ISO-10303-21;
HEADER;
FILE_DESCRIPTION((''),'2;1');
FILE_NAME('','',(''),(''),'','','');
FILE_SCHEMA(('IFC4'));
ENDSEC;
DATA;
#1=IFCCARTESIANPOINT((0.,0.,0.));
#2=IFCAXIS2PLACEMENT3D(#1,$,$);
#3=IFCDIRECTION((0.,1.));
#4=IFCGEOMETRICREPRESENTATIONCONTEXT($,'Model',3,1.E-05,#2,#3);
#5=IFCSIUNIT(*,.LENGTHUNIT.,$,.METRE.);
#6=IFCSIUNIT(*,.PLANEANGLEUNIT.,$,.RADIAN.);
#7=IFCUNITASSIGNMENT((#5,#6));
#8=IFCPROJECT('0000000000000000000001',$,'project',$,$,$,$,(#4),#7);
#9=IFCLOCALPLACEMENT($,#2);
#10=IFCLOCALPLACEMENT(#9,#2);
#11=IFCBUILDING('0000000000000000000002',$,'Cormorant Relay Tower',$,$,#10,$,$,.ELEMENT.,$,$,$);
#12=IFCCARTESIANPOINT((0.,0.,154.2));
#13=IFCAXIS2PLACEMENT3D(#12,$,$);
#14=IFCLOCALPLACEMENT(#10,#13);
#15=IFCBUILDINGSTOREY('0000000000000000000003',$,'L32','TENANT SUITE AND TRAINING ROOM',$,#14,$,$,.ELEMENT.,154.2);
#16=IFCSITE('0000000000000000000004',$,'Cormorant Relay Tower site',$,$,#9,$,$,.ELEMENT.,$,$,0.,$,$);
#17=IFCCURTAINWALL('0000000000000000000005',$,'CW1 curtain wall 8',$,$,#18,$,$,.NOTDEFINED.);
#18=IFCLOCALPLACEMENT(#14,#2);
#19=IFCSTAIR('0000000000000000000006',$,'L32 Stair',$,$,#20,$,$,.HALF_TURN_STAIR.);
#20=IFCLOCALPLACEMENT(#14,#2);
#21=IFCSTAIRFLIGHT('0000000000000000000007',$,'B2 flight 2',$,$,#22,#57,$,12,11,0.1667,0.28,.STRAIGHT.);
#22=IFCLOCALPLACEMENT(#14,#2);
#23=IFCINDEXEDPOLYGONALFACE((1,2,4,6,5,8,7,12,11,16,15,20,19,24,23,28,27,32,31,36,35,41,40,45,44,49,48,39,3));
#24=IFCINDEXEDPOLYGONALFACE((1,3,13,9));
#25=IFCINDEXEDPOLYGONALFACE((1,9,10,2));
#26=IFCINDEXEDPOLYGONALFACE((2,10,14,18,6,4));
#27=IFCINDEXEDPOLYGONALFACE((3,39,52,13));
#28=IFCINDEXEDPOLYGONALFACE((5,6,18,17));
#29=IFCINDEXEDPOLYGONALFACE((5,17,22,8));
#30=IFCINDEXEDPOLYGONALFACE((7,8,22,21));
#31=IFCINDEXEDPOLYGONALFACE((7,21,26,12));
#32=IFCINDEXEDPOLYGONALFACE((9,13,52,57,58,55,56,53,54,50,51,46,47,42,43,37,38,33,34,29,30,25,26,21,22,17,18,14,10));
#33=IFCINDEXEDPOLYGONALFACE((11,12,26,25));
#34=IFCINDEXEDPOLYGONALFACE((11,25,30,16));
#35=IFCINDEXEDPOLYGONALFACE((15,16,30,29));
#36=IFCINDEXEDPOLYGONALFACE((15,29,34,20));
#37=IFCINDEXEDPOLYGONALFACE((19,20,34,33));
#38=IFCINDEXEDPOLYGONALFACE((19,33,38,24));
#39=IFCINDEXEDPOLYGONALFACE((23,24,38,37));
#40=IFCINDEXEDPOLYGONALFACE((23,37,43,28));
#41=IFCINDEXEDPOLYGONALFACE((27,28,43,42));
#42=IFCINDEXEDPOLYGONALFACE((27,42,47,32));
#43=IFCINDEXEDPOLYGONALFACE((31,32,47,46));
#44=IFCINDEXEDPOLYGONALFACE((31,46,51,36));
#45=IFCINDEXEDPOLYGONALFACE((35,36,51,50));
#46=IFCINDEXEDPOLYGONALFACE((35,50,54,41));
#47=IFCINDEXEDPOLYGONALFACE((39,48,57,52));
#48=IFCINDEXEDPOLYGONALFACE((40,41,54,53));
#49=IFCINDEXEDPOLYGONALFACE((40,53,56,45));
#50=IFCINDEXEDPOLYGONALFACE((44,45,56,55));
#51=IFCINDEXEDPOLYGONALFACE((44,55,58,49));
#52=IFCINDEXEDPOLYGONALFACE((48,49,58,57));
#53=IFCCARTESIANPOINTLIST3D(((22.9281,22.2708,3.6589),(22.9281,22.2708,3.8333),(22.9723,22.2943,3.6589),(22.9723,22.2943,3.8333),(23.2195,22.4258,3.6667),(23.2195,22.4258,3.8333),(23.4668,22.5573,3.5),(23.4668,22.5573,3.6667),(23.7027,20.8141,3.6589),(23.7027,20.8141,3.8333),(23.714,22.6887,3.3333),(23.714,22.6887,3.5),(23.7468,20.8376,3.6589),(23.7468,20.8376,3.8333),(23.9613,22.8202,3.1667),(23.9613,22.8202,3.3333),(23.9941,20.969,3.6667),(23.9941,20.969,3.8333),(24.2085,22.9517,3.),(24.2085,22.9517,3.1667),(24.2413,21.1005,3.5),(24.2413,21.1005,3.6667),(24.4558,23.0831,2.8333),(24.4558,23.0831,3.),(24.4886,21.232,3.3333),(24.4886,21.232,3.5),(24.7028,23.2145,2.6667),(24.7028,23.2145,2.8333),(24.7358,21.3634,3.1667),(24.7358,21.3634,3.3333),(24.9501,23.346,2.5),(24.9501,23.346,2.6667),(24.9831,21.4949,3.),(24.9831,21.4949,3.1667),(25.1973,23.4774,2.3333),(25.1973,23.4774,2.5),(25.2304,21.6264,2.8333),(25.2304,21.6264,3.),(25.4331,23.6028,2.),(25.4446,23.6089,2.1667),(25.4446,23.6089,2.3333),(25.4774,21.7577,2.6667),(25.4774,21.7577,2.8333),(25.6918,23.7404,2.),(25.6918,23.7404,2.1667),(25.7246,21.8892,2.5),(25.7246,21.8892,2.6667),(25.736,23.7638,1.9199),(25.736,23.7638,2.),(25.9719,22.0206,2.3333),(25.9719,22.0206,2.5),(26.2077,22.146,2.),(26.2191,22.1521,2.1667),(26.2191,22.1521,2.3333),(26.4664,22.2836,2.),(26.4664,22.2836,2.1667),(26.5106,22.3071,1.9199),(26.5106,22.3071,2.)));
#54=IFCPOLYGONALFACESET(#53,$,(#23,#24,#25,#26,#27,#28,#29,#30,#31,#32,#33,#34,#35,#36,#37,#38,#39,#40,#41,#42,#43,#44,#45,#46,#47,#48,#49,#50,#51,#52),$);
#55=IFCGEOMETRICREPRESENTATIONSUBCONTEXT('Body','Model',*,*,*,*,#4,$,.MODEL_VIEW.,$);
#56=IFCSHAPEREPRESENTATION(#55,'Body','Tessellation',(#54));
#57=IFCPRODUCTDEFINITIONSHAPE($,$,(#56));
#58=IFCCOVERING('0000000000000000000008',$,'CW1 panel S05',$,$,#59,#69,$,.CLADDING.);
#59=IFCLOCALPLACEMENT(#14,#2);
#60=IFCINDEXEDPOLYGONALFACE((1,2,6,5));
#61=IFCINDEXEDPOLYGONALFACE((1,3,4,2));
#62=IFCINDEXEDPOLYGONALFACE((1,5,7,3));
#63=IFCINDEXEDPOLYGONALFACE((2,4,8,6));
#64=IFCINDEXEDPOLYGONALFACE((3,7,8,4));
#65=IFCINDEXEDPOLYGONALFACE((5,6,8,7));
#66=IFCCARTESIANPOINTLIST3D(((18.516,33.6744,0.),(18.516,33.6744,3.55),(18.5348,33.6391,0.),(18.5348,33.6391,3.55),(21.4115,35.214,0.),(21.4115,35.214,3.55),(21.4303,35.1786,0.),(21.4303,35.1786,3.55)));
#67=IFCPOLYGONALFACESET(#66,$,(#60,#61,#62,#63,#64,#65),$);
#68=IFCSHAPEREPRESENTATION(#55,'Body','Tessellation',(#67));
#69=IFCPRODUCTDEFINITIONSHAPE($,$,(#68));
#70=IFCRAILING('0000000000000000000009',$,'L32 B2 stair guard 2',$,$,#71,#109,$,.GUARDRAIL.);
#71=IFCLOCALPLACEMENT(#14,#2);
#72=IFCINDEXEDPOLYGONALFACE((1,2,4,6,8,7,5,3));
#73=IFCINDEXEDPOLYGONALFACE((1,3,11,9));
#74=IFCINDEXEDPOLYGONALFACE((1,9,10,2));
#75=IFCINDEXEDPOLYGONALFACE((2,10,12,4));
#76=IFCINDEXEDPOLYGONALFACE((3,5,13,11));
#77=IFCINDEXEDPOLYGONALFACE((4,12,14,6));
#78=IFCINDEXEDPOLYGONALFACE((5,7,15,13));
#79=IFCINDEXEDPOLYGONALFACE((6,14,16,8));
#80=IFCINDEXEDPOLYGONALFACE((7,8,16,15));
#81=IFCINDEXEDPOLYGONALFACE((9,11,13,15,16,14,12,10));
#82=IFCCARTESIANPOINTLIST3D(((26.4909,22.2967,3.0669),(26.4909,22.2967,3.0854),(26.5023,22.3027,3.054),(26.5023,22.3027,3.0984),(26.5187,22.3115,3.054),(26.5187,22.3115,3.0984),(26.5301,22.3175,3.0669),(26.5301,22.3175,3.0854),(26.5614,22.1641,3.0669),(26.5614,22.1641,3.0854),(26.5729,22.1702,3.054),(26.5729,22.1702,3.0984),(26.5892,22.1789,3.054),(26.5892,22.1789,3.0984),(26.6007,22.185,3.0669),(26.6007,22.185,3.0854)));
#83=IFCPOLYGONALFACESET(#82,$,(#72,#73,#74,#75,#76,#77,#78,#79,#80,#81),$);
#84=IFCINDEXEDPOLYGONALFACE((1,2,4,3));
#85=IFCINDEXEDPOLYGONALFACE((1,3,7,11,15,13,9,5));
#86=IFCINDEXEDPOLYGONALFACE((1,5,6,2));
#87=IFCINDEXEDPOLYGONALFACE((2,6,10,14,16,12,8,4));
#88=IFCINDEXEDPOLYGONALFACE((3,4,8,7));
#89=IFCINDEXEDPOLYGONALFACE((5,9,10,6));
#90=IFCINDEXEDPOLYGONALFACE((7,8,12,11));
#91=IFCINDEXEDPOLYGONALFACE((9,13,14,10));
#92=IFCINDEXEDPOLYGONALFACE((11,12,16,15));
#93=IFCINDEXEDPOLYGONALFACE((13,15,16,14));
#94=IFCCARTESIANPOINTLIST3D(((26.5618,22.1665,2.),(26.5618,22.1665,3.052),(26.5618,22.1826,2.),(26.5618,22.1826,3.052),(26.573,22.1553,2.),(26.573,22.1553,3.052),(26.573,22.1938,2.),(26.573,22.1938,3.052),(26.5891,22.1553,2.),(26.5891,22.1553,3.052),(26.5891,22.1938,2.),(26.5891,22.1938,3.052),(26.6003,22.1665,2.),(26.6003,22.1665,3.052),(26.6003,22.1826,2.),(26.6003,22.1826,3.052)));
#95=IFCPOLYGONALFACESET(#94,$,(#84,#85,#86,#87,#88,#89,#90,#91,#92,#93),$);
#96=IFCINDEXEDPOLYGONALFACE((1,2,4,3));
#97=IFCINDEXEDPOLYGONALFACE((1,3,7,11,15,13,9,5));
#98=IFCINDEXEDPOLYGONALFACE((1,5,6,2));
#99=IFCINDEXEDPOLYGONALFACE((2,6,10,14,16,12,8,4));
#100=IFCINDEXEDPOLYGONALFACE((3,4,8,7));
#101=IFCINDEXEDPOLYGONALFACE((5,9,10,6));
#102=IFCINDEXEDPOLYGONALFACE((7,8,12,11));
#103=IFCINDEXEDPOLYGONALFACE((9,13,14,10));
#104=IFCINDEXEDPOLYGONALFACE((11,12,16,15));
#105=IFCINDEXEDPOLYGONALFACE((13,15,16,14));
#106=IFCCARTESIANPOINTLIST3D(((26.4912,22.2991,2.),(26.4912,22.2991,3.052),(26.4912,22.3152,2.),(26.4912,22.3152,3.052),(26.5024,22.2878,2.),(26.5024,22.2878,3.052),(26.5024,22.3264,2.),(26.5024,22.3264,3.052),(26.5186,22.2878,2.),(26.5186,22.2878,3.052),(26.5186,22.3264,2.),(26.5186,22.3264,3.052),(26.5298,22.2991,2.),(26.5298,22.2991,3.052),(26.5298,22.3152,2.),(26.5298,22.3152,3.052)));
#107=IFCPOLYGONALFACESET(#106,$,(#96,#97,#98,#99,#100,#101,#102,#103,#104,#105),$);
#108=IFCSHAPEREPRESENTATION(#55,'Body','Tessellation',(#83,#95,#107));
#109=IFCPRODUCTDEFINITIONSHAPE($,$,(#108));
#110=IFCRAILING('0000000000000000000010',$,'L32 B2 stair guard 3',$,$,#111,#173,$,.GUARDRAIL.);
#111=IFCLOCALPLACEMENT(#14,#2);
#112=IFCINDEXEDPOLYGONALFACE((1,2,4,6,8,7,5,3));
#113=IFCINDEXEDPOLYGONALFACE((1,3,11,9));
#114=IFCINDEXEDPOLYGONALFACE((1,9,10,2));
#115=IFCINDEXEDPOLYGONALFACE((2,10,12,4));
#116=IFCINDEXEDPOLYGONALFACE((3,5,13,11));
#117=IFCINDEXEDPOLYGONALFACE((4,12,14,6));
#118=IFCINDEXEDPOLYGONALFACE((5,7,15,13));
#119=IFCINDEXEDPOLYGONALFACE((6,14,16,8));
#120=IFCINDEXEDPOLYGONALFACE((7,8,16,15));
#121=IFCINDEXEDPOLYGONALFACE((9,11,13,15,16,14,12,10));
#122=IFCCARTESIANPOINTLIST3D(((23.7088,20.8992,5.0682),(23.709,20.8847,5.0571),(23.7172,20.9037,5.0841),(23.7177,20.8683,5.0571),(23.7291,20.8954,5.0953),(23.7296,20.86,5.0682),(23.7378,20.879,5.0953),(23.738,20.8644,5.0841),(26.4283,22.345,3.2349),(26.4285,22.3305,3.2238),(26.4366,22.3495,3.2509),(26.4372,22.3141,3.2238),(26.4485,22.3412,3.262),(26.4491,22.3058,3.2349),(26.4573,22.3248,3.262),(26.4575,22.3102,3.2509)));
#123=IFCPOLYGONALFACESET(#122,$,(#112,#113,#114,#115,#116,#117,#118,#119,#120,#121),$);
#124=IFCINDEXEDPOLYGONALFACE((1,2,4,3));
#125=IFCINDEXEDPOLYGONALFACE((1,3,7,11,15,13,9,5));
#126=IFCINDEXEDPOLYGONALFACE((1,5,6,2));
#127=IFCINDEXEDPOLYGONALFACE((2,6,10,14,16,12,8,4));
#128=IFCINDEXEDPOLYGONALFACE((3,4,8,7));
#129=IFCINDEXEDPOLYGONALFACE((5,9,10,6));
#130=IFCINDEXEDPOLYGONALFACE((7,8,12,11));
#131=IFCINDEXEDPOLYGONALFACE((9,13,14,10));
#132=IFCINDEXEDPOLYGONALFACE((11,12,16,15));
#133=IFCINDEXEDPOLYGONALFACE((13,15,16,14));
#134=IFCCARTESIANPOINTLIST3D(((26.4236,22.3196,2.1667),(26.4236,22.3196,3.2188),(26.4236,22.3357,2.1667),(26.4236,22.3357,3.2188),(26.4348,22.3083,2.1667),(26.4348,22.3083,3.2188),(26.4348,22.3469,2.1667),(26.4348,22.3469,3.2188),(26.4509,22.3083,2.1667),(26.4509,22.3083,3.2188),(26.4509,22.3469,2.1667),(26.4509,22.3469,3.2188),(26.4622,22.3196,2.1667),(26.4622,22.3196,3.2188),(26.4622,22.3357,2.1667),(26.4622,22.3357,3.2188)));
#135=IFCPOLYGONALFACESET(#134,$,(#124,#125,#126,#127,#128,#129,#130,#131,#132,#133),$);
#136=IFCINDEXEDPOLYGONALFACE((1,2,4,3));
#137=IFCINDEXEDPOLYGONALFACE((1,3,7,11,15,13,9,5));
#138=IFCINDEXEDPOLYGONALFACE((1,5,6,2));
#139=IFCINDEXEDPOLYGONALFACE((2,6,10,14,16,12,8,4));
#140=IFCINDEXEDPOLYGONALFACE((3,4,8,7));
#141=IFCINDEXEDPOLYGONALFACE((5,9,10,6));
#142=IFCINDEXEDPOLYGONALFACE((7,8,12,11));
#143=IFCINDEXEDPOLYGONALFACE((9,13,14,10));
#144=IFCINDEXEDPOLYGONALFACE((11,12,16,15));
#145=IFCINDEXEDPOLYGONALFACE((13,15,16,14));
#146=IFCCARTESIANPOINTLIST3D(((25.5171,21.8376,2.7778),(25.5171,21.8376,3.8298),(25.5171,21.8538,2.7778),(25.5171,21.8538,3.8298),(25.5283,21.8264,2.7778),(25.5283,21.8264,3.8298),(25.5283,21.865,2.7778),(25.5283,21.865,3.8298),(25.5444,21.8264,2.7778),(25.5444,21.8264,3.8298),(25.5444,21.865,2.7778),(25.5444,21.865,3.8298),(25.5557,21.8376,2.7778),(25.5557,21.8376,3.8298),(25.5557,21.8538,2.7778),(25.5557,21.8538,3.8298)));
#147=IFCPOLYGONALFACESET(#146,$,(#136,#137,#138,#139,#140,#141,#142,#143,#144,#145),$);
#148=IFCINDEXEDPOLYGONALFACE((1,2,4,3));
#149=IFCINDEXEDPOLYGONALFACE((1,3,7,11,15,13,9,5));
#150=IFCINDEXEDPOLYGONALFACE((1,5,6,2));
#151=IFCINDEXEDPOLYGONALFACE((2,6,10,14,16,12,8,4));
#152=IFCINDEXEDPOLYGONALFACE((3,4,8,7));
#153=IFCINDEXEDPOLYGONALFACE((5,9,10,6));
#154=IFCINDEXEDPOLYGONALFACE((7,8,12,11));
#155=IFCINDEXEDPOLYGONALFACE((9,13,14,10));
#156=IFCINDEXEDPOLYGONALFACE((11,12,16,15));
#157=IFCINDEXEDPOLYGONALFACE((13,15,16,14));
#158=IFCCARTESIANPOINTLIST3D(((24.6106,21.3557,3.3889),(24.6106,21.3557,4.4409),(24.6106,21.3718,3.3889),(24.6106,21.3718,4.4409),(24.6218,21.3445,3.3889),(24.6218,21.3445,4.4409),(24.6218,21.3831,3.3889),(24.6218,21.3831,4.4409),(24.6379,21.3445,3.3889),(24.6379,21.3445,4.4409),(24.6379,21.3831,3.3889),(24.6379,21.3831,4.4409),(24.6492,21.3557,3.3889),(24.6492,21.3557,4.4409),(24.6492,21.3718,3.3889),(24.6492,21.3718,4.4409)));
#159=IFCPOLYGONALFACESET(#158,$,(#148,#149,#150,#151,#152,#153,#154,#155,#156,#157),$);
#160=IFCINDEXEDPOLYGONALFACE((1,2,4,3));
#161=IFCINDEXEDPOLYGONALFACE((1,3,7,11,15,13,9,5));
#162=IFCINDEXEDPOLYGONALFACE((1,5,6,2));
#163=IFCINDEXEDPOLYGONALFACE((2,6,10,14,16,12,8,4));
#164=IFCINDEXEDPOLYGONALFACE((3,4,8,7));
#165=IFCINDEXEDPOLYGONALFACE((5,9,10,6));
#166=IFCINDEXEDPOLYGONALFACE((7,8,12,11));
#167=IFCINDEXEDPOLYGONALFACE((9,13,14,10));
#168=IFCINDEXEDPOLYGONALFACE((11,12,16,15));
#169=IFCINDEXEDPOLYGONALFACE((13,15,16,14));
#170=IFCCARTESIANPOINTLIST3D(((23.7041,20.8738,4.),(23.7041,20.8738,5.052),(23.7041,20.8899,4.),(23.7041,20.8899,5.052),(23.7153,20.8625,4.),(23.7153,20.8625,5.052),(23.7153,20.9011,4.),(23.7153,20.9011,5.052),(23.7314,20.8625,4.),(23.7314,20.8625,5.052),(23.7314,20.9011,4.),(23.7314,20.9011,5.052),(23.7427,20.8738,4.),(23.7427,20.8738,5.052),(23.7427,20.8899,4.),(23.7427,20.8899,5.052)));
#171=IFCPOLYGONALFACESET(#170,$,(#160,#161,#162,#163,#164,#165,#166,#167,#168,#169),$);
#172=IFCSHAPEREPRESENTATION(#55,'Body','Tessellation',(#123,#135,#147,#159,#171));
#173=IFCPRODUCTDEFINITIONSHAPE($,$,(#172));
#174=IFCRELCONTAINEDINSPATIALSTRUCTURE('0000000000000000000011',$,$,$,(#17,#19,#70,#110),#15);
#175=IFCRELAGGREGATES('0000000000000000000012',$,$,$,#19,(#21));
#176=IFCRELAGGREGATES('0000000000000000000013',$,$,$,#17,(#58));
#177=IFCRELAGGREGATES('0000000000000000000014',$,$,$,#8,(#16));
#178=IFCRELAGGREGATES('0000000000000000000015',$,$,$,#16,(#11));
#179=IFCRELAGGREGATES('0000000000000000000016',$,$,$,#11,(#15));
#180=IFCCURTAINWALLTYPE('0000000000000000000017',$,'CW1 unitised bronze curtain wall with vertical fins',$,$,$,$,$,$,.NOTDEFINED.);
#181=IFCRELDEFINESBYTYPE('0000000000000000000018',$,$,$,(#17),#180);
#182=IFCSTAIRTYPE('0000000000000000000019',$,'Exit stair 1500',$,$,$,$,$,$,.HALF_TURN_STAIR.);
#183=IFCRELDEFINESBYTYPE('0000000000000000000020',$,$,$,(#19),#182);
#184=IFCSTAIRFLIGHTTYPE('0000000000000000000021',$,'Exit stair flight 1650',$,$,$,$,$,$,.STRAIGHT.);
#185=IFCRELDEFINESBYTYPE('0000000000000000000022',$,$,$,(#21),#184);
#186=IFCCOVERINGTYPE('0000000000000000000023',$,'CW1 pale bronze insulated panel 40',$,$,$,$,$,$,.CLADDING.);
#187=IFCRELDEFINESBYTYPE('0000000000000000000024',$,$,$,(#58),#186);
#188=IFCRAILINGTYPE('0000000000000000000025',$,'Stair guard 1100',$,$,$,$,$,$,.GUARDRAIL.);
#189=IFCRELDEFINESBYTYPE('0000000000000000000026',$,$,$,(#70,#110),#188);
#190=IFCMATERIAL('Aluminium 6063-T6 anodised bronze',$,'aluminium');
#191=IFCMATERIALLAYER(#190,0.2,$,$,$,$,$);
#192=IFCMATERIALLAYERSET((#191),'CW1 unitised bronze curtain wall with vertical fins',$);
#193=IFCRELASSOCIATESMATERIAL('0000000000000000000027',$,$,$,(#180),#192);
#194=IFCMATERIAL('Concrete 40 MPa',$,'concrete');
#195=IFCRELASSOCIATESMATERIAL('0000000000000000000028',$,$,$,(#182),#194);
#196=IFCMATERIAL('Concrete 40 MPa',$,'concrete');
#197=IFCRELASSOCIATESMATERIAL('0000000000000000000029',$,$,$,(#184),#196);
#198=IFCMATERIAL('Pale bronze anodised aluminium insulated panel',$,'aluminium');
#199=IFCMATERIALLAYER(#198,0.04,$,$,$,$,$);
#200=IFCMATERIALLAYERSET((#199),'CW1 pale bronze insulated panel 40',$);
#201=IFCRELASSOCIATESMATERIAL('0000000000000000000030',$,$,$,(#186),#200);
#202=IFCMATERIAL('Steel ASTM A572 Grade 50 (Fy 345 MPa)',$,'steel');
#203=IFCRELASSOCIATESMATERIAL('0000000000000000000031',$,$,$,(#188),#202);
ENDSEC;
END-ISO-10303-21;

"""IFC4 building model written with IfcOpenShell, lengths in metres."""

from ifc_helpers import new_model, si_unit, direction, frame, origin, origin_2d, place, context, subcontext, project, spatial, polyline, rectangle, outline, extrude, material, layer, layer_set, type_object, element, aggregate, save


model = new_model("IFC4")

# Units and contexts
model_context = context("Model", 3, precision=1e-05, world=origin(), true_north=direction((0.0, 1.0)))
body_context = subcontext(model_context, "Body", "Model", "MODEL_VIEW")
ifc_project = project(units=[si_unit("LENGTHUNIT", "METRE"), si_unit("PLANEANGLEUNIT", "RADIAN")], contexts=[model_context])

# Site, building, storey
site_placement = place(None, origin())
site = spatial("IfcSite", under=ifc_project, at=site_placement, Name="Cormorant Relay Tower site", CompositionType="ELEMENT", RefElevation=0.0)
building_placement = place(site_placement, origin())
building = spatial("IfcBuilding", under=site, at=building_placement, Name="Cormorant Relay Tower", CompositionType="ELEMENT")
storey_placement = place(building_placement, frame((0.0, 0.0, 154.2)))
storey = spatial("IfcBuildingStorey", under=building, at=storey_placement, Name="L32", Description="TENANT SUITE AND TRAINING ROOM", CompositionType="ELEMENT", Elevation=154.2)

# Curtain wall
ifc_material_1 = material(Name="Aluminium 6063-T6 anodised bronze", Category="aluminium")
ifc_layer_1 = layer(ifc_material_1, 0.2)
ifc_layer_set_1 = layer_set([ifc_layer_1], Name="CW1 unitised bronze curtain wall with vertical fins")
curtain_wall_type = type_object("IfcCurtainWallType", Name="CW1 unitised bronze curtain wall with vertical fins", PredefinedType="NOTDEFINED", material=ifc_layer_set_1)
curtain_wall_placement = place(storey_placement, origin())
curtain_wall = element("IfcCurtainWall", 1, at=curtain_wall_placement, inside=storey, type_object=curtain_wall_type, Name="CW1 curtain wall 8", PredefinedType="NOTDEFINED")

# Stair, stair flight
ifc_material_2 = material(Name="Concrete 40 MPa", Category="concrete")
stair_type = type_object("IfcStairType", Name="Exit stair 1500", PredefinedType="HALF_TURN_STAIR", material=ifc_material_2)
stair_placement = place(storey_placement, origin())
stair = element("IfcStair", 2, at=stair_placement, inside=storey, type_object=stair_type, Name="L32 Stair", PredefinedType="HALF_TURN_STAIR")
ifc_material_3 = material(Name="Concrete 40 MPa", Category="concrete")
stair_flight_type = type_object("IfcStairFlightType", Name="Exit stair flight 1650", PredefinedType="STRAIGHT", material=ifc_material_3)
stair_flight_placement = place(storey_placement, frame((26.0791, 23.012, 2.0), z_axis=(0.0, 0.0, 1.0), x_axis=(-0.882948, -0.469472, 0.0)))
stair_flight = element("IfcStairFlight", 3, at=stair_flight_placement, type_object=stair_flight_type, Name="B2 flight 2", NumberOfRisers=12, NumberOfTreads=11, PredefinedType="STRAIGHT", RiserHeight=0.1667, TreadLength=0.28, context=body_context, shape_type="SweptSolid", body=[
    extrude(outline(polyline([(-0.05, -0.0801), (-0.05, 0.0), (0.0, 0.0), (0.0, 0.1667), (0.28, 0.1667), (0.28, 0.3333), (0.5601, 0.3333), (0.5601, 0.5), (0.8401, 0.5), (0.8401, 0.6667), (1.1201, 0.6667), (1.1201, 0.8333), (1.3999, 0.8333), (1.3999, 1.0), (1.6799, 1.0), (1.6799, 1.1667), (1.96, 1.1667), (1.96, 1.3333), (2.24, 1.3333), (2.24, 1.5), (2.52, 1.5), (2.52, 1.6667), (2.8, 1.6667), (2.8, 1.8333), (3.0801, 1.8333), (3.1301, 1.8333), (3.1301, 1.6589), (3.0801, 1.6589), (0.293, 0.0), (-0.05, -0.0801)])), frame((0.0, 0.825, 0.0), z_axis=(0.0, -1.0, 0.0), x_axis=(1.0, 0.0, 0.0)), (0.0, 0.0, 1.0), 1.6499),
])
aggregate(stair, [stair_flight])

# Covering
ifc_material_4 = material(Name="Pale bronze anodised aluminium insulated panel", Category="aluminium")
ifc_layer_2 = layer(ifc_material_4, 0.04)
ifc_layer_set_2 = layer_set([ifc_layer_2], Name="CW1 pale bronze insulated panel 40")
covering_type = type_object("IfcCoveringType", Name="CW1 pale bronze insulated panel 40", PredefinedType="CLADDING", material=ifc_layer_set_2)
covering_placement = place(storey_placement, frame((19.9731, 34.4265, 0.0), z_axis=(0.0, 0.0, 1.0), x_axis=(-0.882948, -0.469472, 0.0)))
covering = element("IfcCovering", 4, at=covering_placement, type_object=covering_type, Name="CW1 panel S05", PredefinedType="CLADDING", context=body_context, shape_type="SweptSolid", body=[
    extrude(rectangle(XDim=3.2793, YDim=0.04, at=origin_2d()), origin(), (0.0, 0.0, 1.0), 3.55),
])
aggregate(curtain_wall, [covering])

# Railings
ifc_material_5 = material(Name="Steel ASTM A572 Grade 50 (Fy 345 MPa)", Category="steel")
railing_type_1 = type_object("IfcRailingType", Name="Stair guard 1100", PredefinedType="GUARDRAIL", material=ifc_material_5)
railing_1_placement = place(storey_placement, frame((26.5811, 22.1746, 2.0)))
element("IfcRailing", 5, at=railing_1_placement, inside=storey, type_object=railing_type_1, Name="L32 B2 stair guard 2", PredefinedType="GUARDRAIL", context=body_context, shape_type="SweptSolid", body=[
    extrude(outline(polyline([(0.0222, 0.0093), (0.0093, 0.0222), (-0.0093, 0.0222), (-0.0222, 0.0093), (-0.0222, -0.0093), (-0.0093, -0.0222), (0.0093, -0.0222), (0.0222, -0.0093), (0.0222, 0.0093)])), frame((0.0, 0.0, 1.0762), z_axis=(-0.469829, 0.882758, 0.0), x_axis=(-0.882758, -0.469829, 0.0)), (0.0, 0.0, 1.0), 0.1501),
    extrude(outline(polyline([(0.0193, 0.0081), (0.0081, 0.0193), (-0.0081, 0.0193), (-0.0193, 0.0081), (-0.0193, -0.0081), (-0.0081, -0.0193), (0.0081, -0.0193), (0.0193, -0.0081), (0.0193, 0.0081)])), origin(), (0.0, 0.0, 1.0), 1.052),
    extrude(outline(polyline([(0.0193, 0.0081), (0.0081, 0.0193), (-0.0081, 0.0193), (-0.0193, 0.0081), (-0.0193, -0.0081), (-0.0081, -0.0193), (0.0081, -0.0193), (0.0193, -0.0081), (0.0193, 0.0081)])), frame((-0.0706, 0.1326, 0.0)), (0.0, 0.0, 1.0), 1.052),
])
railing_2_placement = place(storey_placement, frame((26.4429, 22.3276, 2.1667)))
element("IfcRailing", 6, at=railing_2_placement, inside=storey, type_object=railing_type_1, Name="L32 B2 stair guard 3", PredefinedType="GUARDRAIL", context=body_context, shape_type="SweptSolid", body=[
    extrude(outline(polyline([(0.0222, 0.0093), (0.0093, 0.0222), (-0.0093, 0.0222), (-0.0222, 0.0093), (-0.0222, -0.0093), (-0.0093, -0.0222), (0.0093, -0.0222), (0.0222, -0.0093), (0.0222, 0.0093)])), frame((0.0, 0.0, 1.0762), z_axis=(-0.758735, -0.403378, 0.511477), x_axis=(0.469428, -0.882971, 0.0)), (0.0, 0.0, 1.0), 3.5842),
    extrude(outline(polyline([(0.0193, 0.0081), (0.0081, 0.0193), (-0.0081, 0.0193), (-0.0193, 0.0081), (-0.0193, -0.0081), (-0.0081, -0.0193), (0.0081, -0.0193), (0.0193, -0.0081), (0.0193, 0.0081)])), origin(), (0.0, 0.0, 1.0), 1.052),
    extrude(outline(polyline([(0.0193, 0.0081), (0.0081, 0.0193), (-0.0081, 0.0193), (-0.0193, 0.0081), (-0.0193, -0.0081), (-0.0081, -0.0193), (0.0081, -0.0193), (0.0193, -0.0081), (0.0193, 0.0081)])), frame((-0.9065, -0.4819, 0.6111)), (0.0, 0.0, 1.0), 1.052),
    extrude(outline(polyline([(0.0193, 0.0081), (0.0081, 0.0193), (-0.0081, 0.0193), (-0.0193, 0.0081), (-0.0193, -0.0081), (-0.0081, -0.0193), (0.0081, -0.0193), (0.0193, -0.0081), (0.0193, 0.0081)])), frame((-1.813, -0.9639, 1.2222)), (0.0, 0.0, 1.0), 1.052),
    extrude(outline(polyline([(0.0193, 0.0081), (0.0081, 0.0193), (-0.0081, 0.0193), (-0.0193, 0.0081), (-0.0193, -0.0081), (-0.0081, -0.0193), (0.0081, -0.0193), (0.0193, -0.0081), (0.0193, 0.0081)])), frame((-2.7195, -1.4458, 1.8333)), (0.0, 0.0, 1.0), 1.052),
])

save(model, "model.ifc")
